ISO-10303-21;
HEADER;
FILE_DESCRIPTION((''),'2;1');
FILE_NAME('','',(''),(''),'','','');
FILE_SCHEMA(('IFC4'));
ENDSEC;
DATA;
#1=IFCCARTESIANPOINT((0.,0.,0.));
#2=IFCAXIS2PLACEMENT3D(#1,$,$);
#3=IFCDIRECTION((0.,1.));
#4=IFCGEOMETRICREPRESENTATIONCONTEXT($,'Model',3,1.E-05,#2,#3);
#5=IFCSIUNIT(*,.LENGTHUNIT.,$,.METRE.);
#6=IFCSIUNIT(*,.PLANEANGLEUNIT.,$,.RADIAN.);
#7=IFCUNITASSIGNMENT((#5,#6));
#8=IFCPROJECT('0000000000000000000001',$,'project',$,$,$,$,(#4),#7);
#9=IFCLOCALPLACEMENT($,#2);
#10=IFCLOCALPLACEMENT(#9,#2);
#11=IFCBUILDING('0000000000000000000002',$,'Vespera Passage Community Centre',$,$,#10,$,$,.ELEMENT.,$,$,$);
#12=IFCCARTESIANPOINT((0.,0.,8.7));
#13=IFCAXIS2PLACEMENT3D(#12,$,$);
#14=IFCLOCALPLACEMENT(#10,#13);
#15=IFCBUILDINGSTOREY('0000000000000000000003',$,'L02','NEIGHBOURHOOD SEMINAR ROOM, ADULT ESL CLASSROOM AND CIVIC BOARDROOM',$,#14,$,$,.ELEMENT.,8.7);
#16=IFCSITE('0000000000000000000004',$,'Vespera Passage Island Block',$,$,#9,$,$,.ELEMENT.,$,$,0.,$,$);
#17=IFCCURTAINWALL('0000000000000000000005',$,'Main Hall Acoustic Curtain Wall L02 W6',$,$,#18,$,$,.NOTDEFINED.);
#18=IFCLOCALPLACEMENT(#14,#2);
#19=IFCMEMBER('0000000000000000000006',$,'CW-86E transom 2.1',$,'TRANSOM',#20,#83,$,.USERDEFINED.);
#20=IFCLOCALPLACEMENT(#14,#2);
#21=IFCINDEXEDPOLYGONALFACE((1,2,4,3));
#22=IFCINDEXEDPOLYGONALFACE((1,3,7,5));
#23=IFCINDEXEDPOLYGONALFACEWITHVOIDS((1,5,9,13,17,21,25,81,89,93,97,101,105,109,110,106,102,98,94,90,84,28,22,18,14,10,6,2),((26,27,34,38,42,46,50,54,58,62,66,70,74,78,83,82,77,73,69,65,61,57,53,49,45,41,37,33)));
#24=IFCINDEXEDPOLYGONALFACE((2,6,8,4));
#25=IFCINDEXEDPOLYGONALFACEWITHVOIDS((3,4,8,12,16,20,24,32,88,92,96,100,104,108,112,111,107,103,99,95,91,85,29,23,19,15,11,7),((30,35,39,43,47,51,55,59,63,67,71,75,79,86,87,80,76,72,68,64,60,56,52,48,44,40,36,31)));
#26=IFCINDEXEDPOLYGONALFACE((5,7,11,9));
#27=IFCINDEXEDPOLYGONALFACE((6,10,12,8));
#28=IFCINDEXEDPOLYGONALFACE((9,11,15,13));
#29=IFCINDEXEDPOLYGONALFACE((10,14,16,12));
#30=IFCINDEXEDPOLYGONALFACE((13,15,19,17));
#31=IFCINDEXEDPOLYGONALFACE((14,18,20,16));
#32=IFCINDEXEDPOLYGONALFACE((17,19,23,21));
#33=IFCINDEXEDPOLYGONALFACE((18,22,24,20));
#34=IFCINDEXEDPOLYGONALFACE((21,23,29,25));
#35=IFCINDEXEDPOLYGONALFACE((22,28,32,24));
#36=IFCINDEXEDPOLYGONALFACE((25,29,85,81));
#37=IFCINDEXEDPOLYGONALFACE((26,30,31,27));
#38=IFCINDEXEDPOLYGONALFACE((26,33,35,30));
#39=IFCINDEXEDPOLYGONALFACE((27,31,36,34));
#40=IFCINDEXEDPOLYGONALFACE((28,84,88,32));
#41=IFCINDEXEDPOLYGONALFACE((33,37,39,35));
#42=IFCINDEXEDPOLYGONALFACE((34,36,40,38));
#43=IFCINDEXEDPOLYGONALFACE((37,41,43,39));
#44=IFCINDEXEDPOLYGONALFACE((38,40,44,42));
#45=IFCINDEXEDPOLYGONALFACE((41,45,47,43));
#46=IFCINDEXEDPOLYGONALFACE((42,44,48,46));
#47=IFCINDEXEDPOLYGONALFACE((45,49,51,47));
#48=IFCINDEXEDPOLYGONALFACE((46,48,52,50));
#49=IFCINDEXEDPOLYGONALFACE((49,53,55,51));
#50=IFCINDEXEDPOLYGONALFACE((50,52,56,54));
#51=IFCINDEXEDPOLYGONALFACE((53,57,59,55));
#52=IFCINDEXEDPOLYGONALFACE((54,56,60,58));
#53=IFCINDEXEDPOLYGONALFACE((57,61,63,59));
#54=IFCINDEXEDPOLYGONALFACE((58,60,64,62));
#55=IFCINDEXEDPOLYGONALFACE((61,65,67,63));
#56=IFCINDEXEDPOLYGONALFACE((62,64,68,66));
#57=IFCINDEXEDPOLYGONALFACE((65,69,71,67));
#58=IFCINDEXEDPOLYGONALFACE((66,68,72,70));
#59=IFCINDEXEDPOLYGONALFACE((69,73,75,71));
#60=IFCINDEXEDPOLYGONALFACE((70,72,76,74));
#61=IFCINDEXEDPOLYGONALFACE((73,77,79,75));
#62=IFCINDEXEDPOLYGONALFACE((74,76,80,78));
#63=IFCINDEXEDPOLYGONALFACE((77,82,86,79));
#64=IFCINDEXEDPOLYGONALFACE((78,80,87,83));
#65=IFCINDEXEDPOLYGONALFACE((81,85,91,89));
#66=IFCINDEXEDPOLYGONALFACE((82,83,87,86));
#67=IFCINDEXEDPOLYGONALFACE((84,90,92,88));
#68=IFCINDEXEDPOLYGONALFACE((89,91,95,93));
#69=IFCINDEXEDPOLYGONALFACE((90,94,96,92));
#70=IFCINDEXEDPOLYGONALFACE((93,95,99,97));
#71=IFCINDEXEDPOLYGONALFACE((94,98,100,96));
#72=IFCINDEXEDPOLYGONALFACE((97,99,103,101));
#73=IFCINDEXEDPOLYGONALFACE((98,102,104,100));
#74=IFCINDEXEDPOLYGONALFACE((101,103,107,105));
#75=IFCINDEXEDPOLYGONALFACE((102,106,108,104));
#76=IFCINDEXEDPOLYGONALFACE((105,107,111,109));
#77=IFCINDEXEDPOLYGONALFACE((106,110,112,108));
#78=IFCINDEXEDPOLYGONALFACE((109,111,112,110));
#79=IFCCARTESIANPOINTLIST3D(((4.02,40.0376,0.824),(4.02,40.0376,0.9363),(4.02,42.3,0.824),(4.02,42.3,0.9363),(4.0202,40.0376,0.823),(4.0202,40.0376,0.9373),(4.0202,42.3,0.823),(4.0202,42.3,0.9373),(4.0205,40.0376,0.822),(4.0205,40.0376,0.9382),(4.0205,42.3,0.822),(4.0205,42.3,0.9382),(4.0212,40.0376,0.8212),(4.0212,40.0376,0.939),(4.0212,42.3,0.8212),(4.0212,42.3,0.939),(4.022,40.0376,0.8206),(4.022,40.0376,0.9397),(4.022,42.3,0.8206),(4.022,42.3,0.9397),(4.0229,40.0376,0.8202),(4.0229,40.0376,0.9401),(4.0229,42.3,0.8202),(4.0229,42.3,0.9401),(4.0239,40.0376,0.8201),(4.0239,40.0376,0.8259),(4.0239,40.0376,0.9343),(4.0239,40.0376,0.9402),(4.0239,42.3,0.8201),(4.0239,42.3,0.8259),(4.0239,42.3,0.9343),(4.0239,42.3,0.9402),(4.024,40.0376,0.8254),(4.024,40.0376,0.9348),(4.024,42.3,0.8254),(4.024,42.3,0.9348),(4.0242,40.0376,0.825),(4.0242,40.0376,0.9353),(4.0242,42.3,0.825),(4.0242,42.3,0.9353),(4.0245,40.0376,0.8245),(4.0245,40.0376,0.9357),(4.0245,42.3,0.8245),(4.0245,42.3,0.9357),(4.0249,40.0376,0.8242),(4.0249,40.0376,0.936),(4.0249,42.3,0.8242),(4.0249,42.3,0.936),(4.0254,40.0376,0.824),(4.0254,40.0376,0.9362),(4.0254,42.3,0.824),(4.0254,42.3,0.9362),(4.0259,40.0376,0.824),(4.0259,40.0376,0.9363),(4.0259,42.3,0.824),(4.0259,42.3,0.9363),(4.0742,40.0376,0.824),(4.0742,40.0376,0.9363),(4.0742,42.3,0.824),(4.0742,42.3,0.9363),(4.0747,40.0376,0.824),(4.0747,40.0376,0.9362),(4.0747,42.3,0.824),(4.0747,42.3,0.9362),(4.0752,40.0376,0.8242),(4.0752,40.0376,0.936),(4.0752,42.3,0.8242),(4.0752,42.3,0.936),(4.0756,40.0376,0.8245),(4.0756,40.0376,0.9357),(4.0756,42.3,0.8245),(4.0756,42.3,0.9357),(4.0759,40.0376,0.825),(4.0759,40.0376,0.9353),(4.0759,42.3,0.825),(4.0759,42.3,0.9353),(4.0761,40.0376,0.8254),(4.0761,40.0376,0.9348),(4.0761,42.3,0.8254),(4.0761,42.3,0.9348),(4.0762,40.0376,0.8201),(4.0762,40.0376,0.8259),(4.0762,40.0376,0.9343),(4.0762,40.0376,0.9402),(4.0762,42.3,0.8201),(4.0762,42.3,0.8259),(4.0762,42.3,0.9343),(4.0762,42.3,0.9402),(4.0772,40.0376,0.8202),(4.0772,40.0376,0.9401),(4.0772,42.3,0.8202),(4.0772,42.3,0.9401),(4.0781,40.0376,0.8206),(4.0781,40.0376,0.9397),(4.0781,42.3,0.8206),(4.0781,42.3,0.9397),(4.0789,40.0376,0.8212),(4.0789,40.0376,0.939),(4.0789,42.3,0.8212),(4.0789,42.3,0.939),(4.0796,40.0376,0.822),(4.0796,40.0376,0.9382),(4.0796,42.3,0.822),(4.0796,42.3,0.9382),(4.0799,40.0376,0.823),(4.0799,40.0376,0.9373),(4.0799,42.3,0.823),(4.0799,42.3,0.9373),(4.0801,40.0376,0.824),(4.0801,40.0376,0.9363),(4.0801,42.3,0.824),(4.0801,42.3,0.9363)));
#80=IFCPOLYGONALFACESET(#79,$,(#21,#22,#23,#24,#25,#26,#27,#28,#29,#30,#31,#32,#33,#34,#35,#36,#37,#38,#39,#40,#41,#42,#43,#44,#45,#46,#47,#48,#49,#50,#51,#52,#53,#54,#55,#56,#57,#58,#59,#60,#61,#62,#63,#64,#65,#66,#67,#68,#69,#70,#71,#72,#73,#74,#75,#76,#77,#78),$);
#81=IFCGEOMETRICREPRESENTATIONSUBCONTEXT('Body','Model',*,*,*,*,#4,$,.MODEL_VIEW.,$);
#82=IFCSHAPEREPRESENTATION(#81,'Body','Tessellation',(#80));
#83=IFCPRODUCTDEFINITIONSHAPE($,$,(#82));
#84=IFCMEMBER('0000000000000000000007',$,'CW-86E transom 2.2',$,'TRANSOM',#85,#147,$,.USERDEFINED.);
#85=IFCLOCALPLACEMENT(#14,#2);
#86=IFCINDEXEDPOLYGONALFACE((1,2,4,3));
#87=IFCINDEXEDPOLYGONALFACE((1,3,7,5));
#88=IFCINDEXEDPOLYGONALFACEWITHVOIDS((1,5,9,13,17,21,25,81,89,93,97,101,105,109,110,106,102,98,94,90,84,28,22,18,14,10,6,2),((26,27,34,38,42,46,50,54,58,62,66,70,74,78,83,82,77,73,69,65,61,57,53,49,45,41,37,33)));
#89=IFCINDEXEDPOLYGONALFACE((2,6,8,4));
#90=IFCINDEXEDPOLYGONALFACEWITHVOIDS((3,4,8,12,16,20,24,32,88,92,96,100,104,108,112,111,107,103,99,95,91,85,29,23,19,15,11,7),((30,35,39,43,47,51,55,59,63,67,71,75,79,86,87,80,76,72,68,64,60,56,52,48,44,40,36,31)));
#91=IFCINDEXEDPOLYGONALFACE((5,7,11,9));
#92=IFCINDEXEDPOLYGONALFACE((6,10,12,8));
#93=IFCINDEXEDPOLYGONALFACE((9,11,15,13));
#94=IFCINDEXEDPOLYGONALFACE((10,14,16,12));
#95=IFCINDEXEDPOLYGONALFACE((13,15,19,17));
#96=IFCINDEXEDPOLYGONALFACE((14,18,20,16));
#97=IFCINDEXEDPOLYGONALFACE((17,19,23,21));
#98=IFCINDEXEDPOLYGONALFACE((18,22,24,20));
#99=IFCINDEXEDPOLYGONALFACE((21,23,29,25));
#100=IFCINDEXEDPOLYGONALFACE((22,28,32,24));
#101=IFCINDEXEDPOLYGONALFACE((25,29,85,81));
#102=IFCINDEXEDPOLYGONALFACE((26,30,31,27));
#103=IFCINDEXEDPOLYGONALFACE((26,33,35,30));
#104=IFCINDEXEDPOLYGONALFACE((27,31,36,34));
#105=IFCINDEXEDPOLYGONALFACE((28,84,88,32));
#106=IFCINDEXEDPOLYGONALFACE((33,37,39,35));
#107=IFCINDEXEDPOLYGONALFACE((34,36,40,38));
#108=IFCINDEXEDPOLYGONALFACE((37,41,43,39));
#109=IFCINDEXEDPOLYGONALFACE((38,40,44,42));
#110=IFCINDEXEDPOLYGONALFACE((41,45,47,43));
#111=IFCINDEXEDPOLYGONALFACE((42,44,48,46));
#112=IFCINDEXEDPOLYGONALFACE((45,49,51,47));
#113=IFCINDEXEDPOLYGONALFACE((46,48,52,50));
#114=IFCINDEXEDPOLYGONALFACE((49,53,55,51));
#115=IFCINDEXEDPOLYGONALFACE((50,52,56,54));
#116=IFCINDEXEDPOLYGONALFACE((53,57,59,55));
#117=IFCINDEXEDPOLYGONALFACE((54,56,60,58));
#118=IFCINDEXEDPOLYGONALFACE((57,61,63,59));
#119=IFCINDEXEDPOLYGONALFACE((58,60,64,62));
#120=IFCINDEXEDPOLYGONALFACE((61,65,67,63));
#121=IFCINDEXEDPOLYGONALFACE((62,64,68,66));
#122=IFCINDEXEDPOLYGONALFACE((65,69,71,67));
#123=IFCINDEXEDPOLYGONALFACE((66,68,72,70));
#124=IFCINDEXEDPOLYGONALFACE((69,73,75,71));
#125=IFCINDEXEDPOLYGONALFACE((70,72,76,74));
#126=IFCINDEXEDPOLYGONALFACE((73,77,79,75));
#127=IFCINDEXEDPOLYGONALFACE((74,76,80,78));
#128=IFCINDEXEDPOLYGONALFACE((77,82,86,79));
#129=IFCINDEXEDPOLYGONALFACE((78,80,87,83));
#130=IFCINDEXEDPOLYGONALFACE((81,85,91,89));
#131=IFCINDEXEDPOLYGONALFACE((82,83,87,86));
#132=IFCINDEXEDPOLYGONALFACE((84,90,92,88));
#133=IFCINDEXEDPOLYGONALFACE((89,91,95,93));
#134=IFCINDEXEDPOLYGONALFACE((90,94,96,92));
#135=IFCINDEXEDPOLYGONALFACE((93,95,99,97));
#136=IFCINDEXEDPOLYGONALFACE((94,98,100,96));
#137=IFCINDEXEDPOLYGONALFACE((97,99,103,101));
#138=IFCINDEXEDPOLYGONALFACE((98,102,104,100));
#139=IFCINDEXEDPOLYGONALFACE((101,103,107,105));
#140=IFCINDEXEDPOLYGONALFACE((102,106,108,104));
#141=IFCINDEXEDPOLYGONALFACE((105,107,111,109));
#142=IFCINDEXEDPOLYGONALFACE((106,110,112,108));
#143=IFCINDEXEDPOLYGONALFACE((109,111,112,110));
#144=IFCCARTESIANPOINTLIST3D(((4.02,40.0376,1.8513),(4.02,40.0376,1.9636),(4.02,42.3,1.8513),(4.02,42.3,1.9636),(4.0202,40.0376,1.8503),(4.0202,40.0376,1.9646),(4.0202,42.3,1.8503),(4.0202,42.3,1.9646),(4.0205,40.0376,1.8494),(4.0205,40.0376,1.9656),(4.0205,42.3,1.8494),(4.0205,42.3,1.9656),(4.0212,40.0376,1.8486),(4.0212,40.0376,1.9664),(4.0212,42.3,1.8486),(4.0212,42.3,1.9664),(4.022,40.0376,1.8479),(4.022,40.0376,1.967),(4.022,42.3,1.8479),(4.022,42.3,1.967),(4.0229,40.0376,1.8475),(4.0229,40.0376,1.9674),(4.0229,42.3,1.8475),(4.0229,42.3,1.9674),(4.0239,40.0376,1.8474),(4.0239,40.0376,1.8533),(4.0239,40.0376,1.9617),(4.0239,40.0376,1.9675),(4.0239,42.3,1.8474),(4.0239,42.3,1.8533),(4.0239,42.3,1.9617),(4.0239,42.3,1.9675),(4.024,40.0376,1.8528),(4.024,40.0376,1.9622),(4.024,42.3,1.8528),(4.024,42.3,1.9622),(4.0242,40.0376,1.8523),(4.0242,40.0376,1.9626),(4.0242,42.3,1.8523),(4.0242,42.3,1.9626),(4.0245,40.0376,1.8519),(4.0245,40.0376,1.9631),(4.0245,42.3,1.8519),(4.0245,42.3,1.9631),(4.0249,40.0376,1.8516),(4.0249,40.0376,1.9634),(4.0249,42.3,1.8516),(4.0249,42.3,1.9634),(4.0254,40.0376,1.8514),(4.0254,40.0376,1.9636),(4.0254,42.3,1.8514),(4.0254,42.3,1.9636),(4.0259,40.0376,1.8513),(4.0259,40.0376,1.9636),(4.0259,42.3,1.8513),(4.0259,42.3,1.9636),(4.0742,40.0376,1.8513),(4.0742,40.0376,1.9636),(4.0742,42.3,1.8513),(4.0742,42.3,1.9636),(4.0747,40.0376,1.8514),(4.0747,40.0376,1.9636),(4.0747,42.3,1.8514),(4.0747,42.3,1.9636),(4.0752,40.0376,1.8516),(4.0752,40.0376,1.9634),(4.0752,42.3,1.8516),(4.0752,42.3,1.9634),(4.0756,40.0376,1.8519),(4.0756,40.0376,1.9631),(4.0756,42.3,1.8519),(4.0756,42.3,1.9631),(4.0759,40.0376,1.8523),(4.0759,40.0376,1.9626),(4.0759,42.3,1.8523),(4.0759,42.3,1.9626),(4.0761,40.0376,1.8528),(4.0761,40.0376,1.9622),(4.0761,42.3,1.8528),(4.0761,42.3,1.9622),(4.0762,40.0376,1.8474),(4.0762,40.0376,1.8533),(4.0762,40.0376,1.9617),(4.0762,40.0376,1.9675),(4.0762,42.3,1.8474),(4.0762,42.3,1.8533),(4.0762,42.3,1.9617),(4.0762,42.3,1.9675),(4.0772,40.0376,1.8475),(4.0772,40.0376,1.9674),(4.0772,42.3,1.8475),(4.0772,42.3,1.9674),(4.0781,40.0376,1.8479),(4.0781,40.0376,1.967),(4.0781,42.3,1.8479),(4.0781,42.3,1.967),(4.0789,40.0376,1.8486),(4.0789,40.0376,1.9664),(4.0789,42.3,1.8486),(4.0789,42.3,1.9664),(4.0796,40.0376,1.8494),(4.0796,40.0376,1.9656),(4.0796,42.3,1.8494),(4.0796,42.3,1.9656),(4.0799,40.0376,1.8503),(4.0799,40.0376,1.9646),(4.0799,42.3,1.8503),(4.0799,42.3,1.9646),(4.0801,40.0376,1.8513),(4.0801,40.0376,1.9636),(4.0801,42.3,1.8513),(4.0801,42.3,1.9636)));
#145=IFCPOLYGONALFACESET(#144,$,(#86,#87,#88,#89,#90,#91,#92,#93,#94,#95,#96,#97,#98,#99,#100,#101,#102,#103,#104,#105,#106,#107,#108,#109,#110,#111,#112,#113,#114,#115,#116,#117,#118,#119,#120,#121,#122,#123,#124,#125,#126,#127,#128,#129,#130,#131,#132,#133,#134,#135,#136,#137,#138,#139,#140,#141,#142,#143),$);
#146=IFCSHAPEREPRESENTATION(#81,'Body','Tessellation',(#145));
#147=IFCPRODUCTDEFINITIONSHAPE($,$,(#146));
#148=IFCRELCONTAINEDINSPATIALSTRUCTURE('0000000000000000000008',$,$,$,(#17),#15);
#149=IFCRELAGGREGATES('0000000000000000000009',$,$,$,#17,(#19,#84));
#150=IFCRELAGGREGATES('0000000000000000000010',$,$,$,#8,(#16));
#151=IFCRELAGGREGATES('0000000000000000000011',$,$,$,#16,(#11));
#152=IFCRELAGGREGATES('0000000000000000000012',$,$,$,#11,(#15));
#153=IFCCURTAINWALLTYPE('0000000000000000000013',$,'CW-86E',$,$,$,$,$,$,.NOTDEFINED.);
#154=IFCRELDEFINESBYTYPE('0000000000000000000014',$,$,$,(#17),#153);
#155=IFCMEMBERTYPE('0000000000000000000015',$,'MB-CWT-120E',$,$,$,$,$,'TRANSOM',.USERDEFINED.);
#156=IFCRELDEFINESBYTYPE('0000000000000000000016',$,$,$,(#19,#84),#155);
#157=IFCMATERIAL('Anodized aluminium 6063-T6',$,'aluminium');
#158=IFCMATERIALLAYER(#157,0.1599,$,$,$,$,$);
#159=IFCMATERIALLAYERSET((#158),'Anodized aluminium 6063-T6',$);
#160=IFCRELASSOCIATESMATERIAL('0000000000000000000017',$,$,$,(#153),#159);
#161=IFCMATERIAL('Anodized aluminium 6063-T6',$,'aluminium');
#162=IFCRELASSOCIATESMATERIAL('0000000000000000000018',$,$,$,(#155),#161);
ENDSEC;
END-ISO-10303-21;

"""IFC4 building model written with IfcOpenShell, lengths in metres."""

from ifc_helpers import new_model, si_unit, direction, frame, origin, origin_2d, place, context, subcontext, project, spatial, hollow_rectangle, extrude, material, layer, layer_set, material_profile, profile_set, type_object, element, aggregate, save


model = new_model("IFC4")

# Units and contexts
model_context = context("Model", 3, precision=1e-05, world=origin(), true_north=direction((0.0, 1.0)))
body_context = subcontext(model_context, "Body", "Model", "MODEL_VIEW")
ifc_project = project(units=[si_unit("LENGTHUNIT", "METRE"), si_unit("PLANEANGLEUNIT", "RADIAN")], contexts=[model_context])

# Site, building, storey
site_placement = place(None, origin())
site = spatial("IfcSite", under=ifc_project, at=site_placement, Name="Vespera Passage Island Block", CompositionType="ELEMENT", RefElevation=0.0)
building_placement = place(site_placement, origin())
building = spatial("IfcBuilding", under=site, at=building_placement, Name="Vespera Passage Community Centre", CompositionType="ELEMENT")
storey_placement = place(building_placement, frame((0.0, 0.0, 8.7)))
storey = spatial("IfcBuildingStorey", under=building, at=storey_placement, Name="L02", Description="NEIGHBOURHOOD SEMINAR ROOM, ADULT ESL CLASSROOM AND CIVIC BOARDROOM", CompositionType="ELEMENT", Elevation=8.7)

# Curtain wall
ifc_material_1 = material(Name="Anodized aluminium 6063-T6", Category="aluminium")
ifc_layer_1 = layer(ifc_material_1, 0.1599)
ifc_layer_set_1 = layer_set([ifc_layer_1], Name="Anodized aluminium 6063-T6")
curtain_wall_type = type_object("IfcCurtainWallType", Name="CW-86E", PredefinedType="NOTDEFINED", material=ifc_layer_set_1)
curtain_wall_1_placement = place(storey_placement, origin())
curtain_wall_1 = element("IfcCurtainWall", 1, at=curtain_wall_1_placement, inside=storey, type_object=curtain_wall_type, Name="Main Hall Acoustic Curtain Wall L02 W6", PredefinedType="NOTDEFINED")

# Members
ifc_material_2 = material(Name="Anodized aluminium 6063-T6", Category="aluminium")
ifc_material_profile_1 = material_profile(ifc_material_2, hollow_rectangle(XDim=0.0601, YDim=0.1201, WallThickness=0.0039, InnerFilletRadius=0.002, OuterFilletRadius=0.0039, at=origin_2d()), Name="ALU120X60X4")
ifc_profile_set_1 = profile_set([ifc_material_profile_1], Name="Anodized aluminium 6063-T6")
member_type_1 = type_object("IfcMemberType", Name="MB-CWT-120E", ElementType="TRANSOM", PredefinedType="USERDEFINED", material=ifc_profile_set_1)
member_1_placement = place(storey_placement, frame((4.05, 40.0376, 0.8801), z_axis=(0.0, 1.0, 0.0), x_axis=(-1.0, 0.0, 0.0)))
member_1 = element("IfcMember", 2, at=member_1_placement, type_object=member_type_1, Name="CW-86E transom 2.1", ObjectType="TRANSOM", PredefinedType="USERDEFINED", context=body_context, shape_type="SweptSolid", body=[
    extrude(hollow_rectangle(XDim=0.0601, YDim=0.1201, WallThickness=0.0039, InnerFilletRadius=0.002, OuterFilletRadius=0.0039, at=origin_2d()), origin(), (0.0, 0.0, 1.0), 2.2625),
])
member_2_placement = place(storey_placement, frame((4.05, 40.0376, 1.9075), z_axis=(0.0, 1.0, 0.0), x_axis=(-1.0, 0.0, 0.0)))
member_2 = element("IfcMember", 3, at=member_2_placement, type_object=member_type_1, Name="CW-86E transom 2.2", ObjectType="TRANSOM", PredefinedType="USERDEFINED", context=body_context, shape_type="SweptSolid", body=[
    extrude(hollow_rectangle(XDim=0.0601, YDim=0.1201, WallThickness=0.0039, InnerFilletRadius=0.002, OuterFilletRadius=0.0039, at=origin_2d()), origin(), (0.0, 0.0, 1.0), 2.2625),
])

aggregate(curtain_wall_1, [member_1, member_2])

save(model, "model.ifc")
